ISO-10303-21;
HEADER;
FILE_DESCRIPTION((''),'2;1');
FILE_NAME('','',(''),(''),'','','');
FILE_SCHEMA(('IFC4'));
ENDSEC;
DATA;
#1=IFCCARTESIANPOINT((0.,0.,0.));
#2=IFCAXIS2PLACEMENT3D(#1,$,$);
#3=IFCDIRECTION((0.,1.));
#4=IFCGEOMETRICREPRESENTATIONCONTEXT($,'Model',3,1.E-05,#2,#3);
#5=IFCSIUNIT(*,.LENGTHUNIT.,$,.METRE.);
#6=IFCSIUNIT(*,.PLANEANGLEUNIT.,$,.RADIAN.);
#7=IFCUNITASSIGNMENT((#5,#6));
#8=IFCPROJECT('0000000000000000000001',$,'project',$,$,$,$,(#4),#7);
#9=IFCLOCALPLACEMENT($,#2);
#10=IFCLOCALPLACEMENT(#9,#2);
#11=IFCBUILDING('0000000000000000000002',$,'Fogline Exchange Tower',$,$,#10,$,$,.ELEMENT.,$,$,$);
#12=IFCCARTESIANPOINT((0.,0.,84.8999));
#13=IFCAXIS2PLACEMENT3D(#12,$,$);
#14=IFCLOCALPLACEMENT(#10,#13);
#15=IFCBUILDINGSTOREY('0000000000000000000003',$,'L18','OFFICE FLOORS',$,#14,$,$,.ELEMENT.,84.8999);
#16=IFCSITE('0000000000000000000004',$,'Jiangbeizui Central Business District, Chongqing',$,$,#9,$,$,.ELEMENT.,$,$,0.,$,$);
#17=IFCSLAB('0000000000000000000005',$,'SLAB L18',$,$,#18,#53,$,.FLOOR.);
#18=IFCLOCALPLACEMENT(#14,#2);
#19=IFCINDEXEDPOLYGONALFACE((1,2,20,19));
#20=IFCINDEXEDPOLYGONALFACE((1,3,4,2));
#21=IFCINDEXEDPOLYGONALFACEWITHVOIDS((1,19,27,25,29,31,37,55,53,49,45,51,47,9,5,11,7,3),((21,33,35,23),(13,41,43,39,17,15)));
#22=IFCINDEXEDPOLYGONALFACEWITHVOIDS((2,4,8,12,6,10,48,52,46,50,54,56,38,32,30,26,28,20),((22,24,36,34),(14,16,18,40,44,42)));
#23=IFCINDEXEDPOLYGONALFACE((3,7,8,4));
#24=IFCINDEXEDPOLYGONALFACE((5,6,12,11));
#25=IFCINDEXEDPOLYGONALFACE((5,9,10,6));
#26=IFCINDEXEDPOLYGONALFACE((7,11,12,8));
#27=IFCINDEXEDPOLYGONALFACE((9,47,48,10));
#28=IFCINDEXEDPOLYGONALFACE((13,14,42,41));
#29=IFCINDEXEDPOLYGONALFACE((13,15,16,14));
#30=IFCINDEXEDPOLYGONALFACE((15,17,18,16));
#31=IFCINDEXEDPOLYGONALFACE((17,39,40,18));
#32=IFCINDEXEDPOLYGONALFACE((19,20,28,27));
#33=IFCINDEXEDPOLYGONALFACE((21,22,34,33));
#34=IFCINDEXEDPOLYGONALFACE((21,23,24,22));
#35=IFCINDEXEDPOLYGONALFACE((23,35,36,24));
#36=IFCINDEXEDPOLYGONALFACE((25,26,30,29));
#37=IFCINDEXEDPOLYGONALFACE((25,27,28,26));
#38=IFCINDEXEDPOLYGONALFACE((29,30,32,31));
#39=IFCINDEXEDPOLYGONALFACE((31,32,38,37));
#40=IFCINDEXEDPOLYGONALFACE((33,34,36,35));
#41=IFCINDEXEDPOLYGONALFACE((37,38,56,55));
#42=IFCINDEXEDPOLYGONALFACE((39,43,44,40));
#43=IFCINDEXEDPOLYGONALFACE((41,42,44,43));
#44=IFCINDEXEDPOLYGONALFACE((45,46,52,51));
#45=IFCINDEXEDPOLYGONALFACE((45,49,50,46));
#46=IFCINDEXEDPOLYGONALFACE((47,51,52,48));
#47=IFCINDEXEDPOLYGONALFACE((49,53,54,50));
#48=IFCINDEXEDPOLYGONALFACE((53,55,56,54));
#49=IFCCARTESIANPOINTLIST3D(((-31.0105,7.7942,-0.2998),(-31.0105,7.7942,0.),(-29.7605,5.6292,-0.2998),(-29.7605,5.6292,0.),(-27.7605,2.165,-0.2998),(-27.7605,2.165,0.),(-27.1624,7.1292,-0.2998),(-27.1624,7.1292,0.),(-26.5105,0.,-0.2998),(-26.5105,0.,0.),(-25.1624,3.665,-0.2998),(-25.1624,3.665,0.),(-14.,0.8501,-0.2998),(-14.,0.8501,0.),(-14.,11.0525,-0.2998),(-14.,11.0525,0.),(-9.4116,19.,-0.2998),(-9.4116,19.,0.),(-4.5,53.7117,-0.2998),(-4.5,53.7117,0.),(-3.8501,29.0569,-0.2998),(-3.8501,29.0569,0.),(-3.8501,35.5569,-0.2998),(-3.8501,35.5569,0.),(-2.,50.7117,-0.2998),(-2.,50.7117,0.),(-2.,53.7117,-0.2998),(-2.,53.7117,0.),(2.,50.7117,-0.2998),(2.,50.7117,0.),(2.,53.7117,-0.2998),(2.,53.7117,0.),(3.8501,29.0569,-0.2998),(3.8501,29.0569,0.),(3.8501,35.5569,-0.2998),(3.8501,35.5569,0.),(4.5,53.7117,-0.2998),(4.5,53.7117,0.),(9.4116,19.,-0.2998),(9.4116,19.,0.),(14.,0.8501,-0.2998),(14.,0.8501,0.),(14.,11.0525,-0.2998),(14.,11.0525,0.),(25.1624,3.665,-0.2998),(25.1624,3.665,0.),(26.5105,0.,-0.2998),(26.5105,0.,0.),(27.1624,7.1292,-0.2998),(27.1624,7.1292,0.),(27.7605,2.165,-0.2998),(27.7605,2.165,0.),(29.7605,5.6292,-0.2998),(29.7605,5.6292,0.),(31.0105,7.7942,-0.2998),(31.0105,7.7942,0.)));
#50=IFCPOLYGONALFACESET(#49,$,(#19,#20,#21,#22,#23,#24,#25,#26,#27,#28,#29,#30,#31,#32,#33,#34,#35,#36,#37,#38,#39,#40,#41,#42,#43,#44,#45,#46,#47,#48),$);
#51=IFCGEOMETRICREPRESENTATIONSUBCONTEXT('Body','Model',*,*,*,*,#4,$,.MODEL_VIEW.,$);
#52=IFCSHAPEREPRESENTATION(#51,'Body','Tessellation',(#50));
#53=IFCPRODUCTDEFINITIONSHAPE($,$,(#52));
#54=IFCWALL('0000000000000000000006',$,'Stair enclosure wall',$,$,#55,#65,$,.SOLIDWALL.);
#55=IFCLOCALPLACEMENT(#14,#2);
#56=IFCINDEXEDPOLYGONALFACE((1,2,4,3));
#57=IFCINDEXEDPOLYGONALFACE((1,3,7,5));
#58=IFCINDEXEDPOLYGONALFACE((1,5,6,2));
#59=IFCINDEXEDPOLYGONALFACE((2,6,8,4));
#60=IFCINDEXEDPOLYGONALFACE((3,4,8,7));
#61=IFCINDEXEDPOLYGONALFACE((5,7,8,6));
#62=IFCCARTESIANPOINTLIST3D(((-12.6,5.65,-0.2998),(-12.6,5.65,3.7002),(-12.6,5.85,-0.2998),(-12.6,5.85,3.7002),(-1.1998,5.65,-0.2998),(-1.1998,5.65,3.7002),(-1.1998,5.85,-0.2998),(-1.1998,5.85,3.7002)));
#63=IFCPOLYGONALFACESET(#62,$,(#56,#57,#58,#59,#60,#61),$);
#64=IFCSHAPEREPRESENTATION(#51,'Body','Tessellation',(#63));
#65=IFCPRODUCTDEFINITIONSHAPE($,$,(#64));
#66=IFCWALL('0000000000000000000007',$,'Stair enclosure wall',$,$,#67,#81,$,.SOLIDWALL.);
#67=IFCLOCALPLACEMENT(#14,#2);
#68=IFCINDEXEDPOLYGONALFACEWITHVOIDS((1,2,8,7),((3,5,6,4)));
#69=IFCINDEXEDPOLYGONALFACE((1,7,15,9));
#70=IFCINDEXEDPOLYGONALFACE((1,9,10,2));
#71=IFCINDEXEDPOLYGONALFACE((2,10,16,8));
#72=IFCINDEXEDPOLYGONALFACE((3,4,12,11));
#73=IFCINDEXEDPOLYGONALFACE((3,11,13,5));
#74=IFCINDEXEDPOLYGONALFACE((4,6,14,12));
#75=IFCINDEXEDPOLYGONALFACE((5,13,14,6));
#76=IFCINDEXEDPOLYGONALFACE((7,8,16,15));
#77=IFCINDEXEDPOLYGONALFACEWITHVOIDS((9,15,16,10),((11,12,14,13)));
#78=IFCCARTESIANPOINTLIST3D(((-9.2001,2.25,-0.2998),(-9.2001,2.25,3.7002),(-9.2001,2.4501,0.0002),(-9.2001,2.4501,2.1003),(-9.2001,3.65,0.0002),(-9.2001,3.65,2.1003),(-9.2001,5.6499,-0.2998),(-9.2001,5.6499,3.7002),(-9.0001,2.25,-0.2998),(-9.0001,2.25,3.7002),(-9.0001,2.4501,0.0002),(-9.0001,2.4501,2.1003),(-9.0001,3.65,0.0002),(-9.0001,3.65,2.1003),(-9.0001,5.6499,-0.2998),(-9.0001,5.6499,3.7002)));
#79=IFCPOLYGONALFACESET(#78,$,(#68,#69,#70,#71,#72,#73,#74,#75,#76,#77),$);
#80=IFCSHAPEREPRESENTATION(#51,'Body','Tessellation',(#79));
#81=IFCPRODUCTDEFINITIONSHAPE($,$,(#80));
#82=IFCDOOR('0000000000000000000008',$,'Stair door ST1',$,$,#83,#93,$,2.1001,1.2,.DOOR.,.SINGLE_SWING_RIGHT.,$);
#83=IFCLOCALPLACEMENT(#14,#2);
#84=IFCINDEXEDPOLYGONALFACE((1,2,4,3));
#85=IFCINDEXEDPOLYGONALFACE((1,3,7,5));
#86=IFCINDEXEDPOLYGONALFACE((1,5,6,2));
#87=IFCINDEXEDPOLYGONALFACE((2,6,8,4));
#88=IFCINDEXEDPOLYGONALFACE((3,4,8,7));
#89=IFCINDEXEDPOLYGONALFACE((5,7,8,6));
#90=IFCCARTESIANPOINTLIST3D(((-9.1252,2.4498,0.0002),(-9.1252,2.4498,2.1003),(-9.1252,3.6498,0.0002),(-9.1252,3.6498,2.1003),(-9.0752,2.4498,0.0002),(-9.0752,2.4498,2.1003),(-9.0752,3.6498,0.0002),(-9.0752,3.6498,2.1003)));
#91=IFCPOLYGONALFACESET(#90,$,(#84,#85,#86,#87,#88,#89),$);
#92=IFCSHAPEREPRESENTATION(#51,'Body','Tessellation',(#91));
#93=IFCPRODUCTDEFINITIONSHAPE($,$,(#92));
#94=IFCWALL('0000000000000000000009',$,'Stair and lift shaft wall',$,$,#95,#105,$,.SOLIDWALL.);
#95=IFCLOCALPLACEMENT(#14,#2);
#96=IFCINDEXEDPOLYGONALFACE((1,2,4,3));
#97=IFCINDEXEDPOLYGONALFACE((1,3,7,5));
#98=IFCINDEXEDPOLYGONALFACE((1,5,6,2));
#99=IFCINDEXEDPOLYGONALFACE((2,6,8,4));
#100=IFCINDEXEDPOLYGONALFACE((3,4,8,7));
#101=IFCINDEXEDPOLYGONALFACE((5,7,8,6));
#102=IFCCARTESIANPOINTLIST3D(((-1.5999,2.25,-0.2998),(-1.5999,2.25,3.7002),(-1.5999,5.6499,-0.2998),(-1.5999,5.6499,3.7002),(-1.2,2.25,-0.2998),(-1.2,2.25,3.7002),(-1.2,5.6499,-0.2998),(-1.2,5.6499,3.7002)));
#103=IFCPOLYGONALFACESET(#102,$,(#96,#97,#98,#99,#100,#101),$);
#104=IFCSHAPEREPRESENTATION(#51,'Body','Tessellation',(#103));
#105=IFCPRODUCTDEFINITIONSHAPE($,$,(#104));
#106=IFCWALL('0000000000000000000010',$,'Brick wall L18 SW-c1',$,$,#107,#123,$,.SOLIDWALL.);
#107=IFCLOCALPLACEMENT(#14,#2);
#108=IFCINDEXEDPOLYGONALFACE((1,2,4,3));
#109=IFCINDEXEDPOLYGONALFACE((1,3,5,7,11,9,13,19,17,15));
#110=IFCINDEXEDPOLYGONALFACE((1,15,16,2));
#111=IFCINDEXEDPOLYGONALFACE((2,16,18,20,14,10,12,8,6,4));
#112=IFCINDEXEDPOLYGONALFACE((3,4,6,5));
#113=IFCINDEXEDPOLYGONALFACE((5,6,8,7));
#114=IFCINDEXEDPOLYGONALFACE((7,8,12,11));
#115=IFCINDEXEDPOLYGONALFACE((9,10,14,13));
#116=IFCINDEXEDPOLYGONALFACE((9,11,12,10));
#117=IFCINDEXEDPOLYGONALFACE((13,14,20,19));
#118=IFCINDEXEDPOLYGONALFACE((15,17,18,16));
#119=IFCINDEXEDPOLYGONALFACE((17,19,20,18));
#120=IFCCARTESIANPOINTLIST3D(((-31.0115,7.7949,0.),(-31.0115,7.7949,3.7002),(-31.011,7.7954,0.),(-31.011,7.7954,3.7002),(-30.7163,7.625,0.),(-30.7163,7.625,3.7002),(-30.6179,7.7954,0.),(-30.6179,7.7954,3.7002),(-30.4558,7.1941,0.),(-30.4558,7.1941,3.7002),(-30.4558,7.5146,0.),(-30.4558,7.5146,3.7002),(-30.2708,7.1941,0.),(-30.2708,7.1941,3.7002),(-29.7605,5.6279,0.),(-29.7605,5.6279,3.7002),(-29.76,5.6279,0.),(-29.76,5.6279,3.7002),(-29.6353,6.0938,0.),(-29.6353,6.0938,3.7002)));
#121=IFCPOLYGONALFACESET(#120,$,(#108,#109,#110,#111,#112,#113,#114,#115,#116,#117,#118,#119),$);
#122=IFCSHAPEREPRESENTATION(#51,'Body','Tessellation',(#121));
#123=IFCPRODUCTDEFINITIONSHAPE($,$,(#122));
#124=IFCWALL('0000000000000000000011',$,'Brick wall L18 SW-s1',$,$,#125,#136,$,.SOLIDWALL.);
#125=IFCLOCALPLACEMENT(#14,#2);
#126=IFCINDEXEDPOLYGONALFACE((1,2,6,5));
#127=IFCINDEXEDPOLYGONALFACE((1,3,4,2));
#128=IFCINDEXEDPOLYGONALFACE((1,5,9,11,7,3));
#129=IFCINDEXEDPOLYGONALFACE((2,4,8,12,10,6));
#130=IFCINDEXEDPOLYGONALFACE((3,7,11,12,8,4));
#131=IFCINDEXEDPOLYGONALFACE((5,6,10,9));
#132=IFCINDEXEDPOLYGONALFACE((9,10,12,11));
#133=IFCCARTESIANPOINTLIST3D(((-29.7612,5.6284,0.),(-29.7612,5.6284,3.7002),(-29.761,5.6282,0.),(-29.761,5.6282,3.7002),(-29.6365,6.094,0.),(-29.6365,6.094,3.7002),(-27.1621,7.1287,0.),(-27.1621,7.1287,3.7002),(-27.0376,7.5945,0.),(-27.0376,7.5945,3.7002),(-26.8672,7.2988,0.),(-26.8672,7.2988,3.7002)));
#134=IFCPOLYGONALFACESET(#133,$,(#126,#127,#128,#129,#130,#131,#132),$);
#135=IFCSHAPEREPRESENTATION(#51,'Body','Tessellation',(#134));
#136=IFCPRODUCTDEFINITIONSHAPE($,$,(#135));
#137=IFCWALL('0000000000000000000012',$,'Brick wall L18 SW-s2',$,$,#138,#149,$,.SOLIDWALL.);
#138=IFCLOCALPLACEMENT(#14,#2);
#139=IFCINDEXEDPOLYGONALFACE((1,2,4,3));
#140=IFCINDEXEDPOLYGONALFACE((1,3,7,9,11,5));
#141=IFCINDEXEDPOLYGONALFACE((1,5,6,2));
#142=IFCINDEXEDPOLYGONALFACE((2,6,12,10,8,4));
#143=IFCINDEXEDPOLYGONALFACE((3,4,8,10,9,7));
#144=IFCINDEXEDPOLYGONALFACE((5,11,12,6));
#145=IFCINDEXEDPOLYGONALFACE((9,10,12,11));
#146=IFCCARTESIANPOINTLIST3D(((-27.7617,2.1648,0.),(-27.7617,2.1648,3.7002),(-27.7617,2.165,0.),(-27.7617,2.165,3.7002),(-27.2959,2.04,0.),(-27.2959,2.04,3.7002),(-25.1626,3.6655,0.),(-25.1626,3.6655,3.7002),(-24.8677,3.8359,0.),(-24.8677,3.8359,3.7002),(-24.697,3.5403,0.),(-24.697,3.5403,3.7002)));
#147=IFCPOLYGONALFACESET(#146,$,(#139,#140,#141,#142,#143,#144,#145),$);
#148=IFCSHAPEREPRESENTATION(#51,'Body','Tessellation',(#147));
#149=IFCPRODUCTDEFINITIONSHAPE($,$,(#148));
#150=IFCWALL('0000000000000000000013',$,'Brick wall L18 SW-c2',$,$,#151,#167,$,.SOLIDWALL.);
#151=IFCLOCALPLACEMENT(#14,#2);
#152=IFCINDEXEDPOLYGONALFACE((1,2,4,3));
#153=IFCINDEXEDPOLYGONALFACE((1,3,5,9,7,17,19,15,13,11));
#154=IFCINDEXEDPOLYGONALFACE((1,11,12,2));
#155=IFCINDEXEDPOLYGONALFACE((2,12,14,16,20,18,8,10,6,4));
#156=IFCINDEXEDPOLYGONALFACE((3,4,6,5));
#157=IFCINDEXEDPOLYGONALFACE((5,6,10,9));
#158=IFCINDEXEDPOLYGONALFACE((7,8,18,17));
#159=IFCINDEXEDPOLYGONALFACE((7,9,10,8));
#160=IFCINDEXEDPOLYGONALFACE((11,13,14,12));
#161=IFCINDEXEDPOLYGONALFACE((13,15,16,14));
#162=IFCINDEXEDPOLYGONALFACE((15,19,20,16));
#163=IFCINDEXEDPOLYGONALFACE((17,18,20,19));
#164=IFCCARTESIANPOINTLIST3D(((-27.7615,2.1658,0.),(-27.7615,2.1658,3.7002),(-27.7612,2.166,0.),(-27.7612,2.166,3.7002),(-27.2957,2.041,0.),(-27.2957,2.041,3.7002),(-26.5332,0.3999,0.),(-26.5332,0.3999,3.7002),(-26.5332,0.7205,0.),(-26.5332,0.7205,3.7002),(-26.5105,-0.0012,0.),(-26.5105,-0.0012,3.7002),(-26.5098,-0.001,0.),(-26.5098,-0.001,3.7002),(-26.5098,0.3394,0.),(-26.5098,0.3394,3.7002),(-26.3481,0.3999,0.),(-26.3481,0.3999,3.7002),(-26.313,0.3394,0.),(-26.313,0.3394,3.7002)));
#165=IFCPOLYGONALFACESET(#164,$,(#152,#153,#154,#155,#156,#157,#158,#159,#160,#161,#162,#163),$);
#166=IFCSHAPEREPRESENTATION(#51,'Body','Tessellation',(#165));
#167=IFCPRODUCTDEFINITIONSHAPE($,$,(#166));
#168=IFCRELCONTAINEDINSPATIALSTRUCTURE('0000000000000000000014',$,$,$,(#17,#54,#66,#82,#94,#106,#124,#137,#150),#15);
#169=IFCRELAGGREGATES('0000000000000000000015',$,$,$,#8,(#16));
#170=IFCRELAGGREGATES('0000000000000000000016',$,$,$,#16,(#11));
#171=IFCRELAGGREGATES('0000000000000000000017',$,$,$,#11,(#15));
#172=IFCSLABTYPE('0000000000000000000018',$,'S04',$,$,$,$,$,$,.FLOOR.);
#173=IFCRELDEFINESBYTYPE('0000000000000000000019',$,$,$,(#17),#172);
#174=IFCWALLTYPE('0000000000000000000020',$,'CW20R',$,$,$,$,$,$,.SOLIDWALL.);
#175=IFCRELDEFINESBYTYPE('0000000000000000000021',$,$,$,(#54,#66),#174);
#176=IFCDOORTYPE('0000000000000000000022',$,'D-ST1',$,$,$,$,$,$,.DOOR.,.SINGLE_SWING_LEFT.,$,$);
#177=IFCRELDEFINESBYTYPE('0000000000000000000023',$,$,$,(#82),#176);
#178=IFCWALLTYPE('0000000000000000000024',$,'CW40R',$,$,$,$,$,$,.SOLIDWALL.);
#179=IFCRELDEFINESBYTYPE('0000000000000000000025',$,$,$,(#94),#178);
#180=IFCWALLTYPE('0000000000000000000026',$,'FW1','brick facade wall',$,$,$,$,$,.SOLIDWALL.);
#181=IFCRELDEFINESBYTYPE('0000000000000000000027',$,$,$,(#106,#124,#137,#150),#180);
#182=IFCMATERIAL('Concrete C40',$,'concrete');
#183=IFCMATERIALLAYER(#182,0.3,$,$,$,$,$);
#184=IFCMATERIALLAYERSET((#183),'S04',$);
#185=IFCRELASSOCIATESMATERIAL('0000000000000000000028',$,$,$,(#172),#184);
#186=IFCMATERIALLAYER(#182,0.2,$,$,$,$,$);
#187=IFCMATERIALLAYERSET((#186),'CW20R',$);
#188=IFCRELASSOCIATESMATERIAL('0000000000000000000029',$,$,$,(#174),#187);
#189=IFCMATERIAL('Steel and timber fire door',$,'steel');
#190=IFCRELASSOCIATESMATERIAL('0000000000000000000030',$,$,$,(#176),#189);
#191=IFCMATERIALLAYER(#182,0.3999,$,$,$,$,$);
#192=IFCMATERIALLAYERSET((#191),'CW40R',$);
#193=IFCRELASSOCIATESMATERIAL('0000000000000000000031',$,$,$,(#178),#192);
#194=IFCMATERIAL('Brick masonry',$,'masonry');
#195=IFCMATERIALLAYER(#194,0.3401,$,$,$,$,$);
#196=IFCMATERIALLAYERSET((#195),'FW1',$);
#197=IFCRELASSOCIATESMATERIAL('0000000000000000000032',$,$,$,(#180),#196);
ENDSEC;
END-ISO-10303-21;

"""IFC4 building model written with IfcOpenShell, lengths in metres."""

from ifc_helpers import new_model, si_unit, direction, frame, frame_2d, origin, place, context, subcontext, project, spatial, polyline, rectangle, outline, extrude, material, layer, layer_set, type_object, element, fill, save


model = new_model("IFC4")

# Units and contexts
model_context = context("Model", 3, precision=1e-05, world=origin(), true_north=direction((0.0, 1.0)))
body_context = subcontext(model_context, "Body", "Model", "MODEL_VIEW")
ifc_project = project(units=[si_unit("LENGTHUNIT", "METRE"), si_unit("PLANEANGLEUNIT", "RADIAN")], contexts=[model_context])

# Site, building, storey
site_placement = place(None, origin())
site = spatial("IfcSite", under=ifc_project, at=site_placement, Name="Jiangbeizui Central Business District, Chongqing", CompositionType="ELEMENT", RefElevation=0.0)
building_placement = place(site_placement, origin())
building = spatial("IfcBuilding", under=site, at=building_placement, Name="Fogline Exchange Tower", CompositionType="ELEMENT")
storey_placement = place(building_placement, frame((0.0, 0.0, 84.8999)))
storey = spatial("IfcBuildingStorey", under=building, at=storey_placement, Name="L18", Description="OFFICE FLOORS", CompositionType="ELEMENT", Elevation=84.8999)

# Slab
ifc_material_1 = material(Name="Concrete C40", Category="concrete")
ifc_layer_1 = layer(ifc_material_1, 0.3)
ifc_layer_set_1 = layer_set([ifc_layer_1], Name="S04")
slab_type = type_object("IfcSlabType", Name="S04", PredefinedType="FLOOR", material=ifc_layer_set_1)
slab_placement = place(storey_placement, frame((0.0, 0.0, -0.2998)))
element("IfcSlab", 1, at=slab_placement, inside=storey, type_object=slab_type, Name="SLAB L18", PredefinedType="FLOOR", context=body_context, shape_type="SweptSolid", body=[
    extrude(outline(polyline([(-2.0, 53.7117), (-4.5, 53.7117), (-31.0105, 7.7942), (-29.7605, 5.6292), (-27.1624, 7.1292), (-25.1624, 3.665), (-27.7605, 2.165), (-26.5105, 0.0), (26.5105, 0.0), (27.7605, 2.165), (25.1624, 3.665), (27.1624, 7.1292), (29.7605, 5.6292), (31.0105, 7.7942), (4.5, 53.7117), (2.0, 53.7117), (2.0, 50.7117), (-2.0, 50.7117), (-2.0, 53.7117)]), holes=[polyline([(14.0, 11.0525), (14.0, 0.8501), (-14.0, 0.8501), (-14.0, 11.0525), (-9.4116, 19.0), (9.4116, 19.0), (14.0, 11.0525)]), polyline([(3.8501, 35.5569), (3.8501, 29.0569), (-3.8501, 29.0569), (-3.8501, 35.5569), (3.8501, 35.5569)])]), origin(), (0.0, 0.0, 1.0), 0.2998),
])

# Wall
ifc_layer_2 = layer(ifc_material_1, 0.2)
ifc_layer_set_2 = layer_set([ifc_layer_2], Name="CW20R")
wall_type_1 = type_object("IfcWallType", Name="CW20R", PredefinedType="SOLIDWALL", material=ifc_layer_set_2)
wall_1_placement = place(storey_placement, frame((-12.6001, 5.75, -0.2998), z_axis=(0.0, 0.0, 1.0), x_axis=(1.0, 0.0, 0.0)))
element("IfcWall", 2, at=wall_1_placement, inside=storey, type_object=wall_type_1, Name="Stair enclosure wall", PredefinedType="SOLIDWALL", context=body_context, shape_type="SweptSolid", body=[
    extrude(rectangle(XDim=11.4001, YDim=0.2, at=frame_2d((5.7002, 0.0))), origin(), (0.0, 0.0, 1.0), 4.0),
])

# Wall, opening, door
wall_2_placement = place(storey_placement, frame((-9.1001, 2.25, -0.2998), z_axis=(0.0, 0.0, 1.0), x_axis=(0.0, 1.0, 0.0)))
wall_2 = element("IfcWall", 3, at=wall_2_placement, inside=storey, type_object=wall_type_1, Name="Stair enclosure wall", PredefinedType="SOLIDWALL", context=body_context, shape_type="SweptSolid", body=[
    extrude(rectangle(XDim=3.3999, YDim=0.2, at=frame_2d((1.7, 0.0))), origin(), (0.0, 0.0, 1.0), 4.0),
])
opening_placement = place(wall_2_placement, frame((0.2, 0.0, 0.3)))
opening = element("IfcOpeningElement", 4, at=opening_placement, cuts=wall_2, PredefinedType="OPENING", context=body_context, shape_type="SweptSolid", body=[
    extrude(rectangle(XDim=1.2, YDim=2.1001, at=frame_2d((0.6001, 1.05))), frame((0.0, 0.1099, 0.0), z_axis=(0.0, -1.0, 0.0), x_axis=(1.0, 0.0, 0.0)), (0.0, 0.0, 1.0), 0.22),
])
ifc_material_2 = material(Name="Steel and timber fire door", Category="steel")
door_type = type_object("IfcDoorType", Name="D-ST1", OperationType="SINGLE_SWING_LEFT", PredefinedType="DOOR", material=ifc_material_2)
door_placement = place(opening_placement, frame((1.2, 0.0, 0.0), z_axis=(0.0, 0.0, 1.0), x_axis=(-1.0, 0.0, 0.0)))
door = element("IfcDoor", 5, at=door_placement, inside=storey, type_object=door_type, Name="Stair door ST1", OperationType="SINGLE_SWING_RIGHT", OverallHeight=2.1001, OverallWidth=1.2, PredefinedType="DOOR", context=body_context, shape_type="SweptSolid", body=[
    extrude(rectangle(XDim=1.2, YDim=2.1001, at=frame_2d((0.6001, 1.05))), frame((0.0, 0.0249, 0.0), z_axis=(0.0, -1.0, 0.0), x_axis=(1.0, 0.0, 0.0)), (0.0, 0.0, 1.0), 0.05),
])
fill(opening, door)

# Walls
ifc_layer_3 = layer(ifc_material_1, 0.3999)
ifc_layer_set_3 = layer_set([ifc_layer_3], Name="CW40R")
wall_type_2 = type_object("IfcWallType", Name="CW40R", PredefinedType="SOLIDWALL", material=ifc_layer_set_3)
wall_3_placement = place(storey_placement, frame((-1.3999, 2.25, -0.2998), z_axis=(0.0, 0.0, 1.0), x_axis=(0.0, 1.0, 0.0)))
element("IfcWall", 6, at=wall_3_placement, inside=storey, type_object=wall_type_2, Name="Stair and lift shaft wall", PredefinedType="SOLIDWALL", context=body_context, shape_type="SweptSolid", body=[
    extrude(rectangle(XDim=3.3999, YDim=0.3999, at=frame_2d((1.7, 0.0))), origin(), (0.0, 0.0, 1.0), 4.0),
])
ifc_material_3 = material(Name="Brick masonry", Category="masonry")
ifc_layer_4 = layer(ifc_material_3, 0.3401)
ifc_layer_set_4 = layer_set([ifc_layer_4], Name="FW1")
wall_type_3 = type_object("IfcWallType", Name="FW1", Description="brick facade wall", PredefinedType="SOLIDWALL", material=ifc_layer_set_4)
wall_4_placement = place(storey_placement, origin())
element("IfcWall", 7, at=wall_4_placement, inside=storey, type_object=wall_type_3, Name="Brick wall L18 SW-c1", PredefinedType="SOLIDWALL", context=body_context, shape_type="SweptSolid", body=[
    extrude(outline(polyline([(-29.7605, 5.6279), (-31.0115, 7.7949), (-31.011, 7.7954), (-30.7163, 7.625), (-30.6179, 7.7954), (-30.4558, 7.5146), (-30.4558, 7.1941), (-30.2708, 7.1941), (-29.6353, 6.0938), (-29.76, 5.6279), (-29.7605, 5.6279)])), origin(), (0.0, 0.0, 1.0), 3.7002),
])
wall_5_placement = place(storey_placement, origin())
element("IfcWall", 8, at=wall_5_placement, inside=storey, type_object=wall_type_3, Name="Brick wall L18 SW-s1", PredefinedType="SOLIDWALL", context=body_context, shape_type="SweptSolid", body=[
    extrude(outline(polyline([(-27.0376, 7.5945), (-26.8672, 7.2988), (-27.1621, 7.1287), (-29.761, 5.6282), (-29.7612, 5.6284), (-29.6365, 6.094), (-27.0376, 7.5945)])), origin(), (0.0, 0.0, 1.0), 3.7002),
])
wall_6_placement = place(storey_placement, origin())
element("IfcWall", 9, at=wall_6_placement, inside=storey, type_object=wall_type_3, Name="Brick wall L18 SW-s2", PredefinedType="SOLIDWALL", context=body_context, shape_type="SweptSolid", body=[
    extrude(outline(polyline([(-27.7617, 2.165), (-25.1626, 3.6655), (-24.8677, 3.8359), (-24.697, 3.5403), (-27.2959, 2.04), (-27.7617, 2.1648), (-27.7617, 2.165)])), origin(), (0.0, 0.0, 1.0), 3.7002),
])
wall_7_placement = place(storey_placement, origin())
element("IfcWall", 10, at=wall_7_placement, inside=storey, type_object=wall_type_3, Name="Brick wall L18 SW-c2", PredefinedType="SOLIDWALL", context=body_context, shape_type="SweptSolid", body=[
    extrude(outline(polyline([(-26.5332, 0.7205), (-26.5332, 0.3999), (-26.3481, 0.3999), (-26.313, 0.3394), (-26.5098, 0.3394), (-26.5098, -0.001), (-26.5105, -0.0012), (-27.7615, 2.1658), (-27.7612, 2.166), (-27.2957, 2.041), (-26.5332, 0.7205)])), origin(), (0.0, 0.0, 1.0), 3.7002),
])

save(model, "model.ifc")
